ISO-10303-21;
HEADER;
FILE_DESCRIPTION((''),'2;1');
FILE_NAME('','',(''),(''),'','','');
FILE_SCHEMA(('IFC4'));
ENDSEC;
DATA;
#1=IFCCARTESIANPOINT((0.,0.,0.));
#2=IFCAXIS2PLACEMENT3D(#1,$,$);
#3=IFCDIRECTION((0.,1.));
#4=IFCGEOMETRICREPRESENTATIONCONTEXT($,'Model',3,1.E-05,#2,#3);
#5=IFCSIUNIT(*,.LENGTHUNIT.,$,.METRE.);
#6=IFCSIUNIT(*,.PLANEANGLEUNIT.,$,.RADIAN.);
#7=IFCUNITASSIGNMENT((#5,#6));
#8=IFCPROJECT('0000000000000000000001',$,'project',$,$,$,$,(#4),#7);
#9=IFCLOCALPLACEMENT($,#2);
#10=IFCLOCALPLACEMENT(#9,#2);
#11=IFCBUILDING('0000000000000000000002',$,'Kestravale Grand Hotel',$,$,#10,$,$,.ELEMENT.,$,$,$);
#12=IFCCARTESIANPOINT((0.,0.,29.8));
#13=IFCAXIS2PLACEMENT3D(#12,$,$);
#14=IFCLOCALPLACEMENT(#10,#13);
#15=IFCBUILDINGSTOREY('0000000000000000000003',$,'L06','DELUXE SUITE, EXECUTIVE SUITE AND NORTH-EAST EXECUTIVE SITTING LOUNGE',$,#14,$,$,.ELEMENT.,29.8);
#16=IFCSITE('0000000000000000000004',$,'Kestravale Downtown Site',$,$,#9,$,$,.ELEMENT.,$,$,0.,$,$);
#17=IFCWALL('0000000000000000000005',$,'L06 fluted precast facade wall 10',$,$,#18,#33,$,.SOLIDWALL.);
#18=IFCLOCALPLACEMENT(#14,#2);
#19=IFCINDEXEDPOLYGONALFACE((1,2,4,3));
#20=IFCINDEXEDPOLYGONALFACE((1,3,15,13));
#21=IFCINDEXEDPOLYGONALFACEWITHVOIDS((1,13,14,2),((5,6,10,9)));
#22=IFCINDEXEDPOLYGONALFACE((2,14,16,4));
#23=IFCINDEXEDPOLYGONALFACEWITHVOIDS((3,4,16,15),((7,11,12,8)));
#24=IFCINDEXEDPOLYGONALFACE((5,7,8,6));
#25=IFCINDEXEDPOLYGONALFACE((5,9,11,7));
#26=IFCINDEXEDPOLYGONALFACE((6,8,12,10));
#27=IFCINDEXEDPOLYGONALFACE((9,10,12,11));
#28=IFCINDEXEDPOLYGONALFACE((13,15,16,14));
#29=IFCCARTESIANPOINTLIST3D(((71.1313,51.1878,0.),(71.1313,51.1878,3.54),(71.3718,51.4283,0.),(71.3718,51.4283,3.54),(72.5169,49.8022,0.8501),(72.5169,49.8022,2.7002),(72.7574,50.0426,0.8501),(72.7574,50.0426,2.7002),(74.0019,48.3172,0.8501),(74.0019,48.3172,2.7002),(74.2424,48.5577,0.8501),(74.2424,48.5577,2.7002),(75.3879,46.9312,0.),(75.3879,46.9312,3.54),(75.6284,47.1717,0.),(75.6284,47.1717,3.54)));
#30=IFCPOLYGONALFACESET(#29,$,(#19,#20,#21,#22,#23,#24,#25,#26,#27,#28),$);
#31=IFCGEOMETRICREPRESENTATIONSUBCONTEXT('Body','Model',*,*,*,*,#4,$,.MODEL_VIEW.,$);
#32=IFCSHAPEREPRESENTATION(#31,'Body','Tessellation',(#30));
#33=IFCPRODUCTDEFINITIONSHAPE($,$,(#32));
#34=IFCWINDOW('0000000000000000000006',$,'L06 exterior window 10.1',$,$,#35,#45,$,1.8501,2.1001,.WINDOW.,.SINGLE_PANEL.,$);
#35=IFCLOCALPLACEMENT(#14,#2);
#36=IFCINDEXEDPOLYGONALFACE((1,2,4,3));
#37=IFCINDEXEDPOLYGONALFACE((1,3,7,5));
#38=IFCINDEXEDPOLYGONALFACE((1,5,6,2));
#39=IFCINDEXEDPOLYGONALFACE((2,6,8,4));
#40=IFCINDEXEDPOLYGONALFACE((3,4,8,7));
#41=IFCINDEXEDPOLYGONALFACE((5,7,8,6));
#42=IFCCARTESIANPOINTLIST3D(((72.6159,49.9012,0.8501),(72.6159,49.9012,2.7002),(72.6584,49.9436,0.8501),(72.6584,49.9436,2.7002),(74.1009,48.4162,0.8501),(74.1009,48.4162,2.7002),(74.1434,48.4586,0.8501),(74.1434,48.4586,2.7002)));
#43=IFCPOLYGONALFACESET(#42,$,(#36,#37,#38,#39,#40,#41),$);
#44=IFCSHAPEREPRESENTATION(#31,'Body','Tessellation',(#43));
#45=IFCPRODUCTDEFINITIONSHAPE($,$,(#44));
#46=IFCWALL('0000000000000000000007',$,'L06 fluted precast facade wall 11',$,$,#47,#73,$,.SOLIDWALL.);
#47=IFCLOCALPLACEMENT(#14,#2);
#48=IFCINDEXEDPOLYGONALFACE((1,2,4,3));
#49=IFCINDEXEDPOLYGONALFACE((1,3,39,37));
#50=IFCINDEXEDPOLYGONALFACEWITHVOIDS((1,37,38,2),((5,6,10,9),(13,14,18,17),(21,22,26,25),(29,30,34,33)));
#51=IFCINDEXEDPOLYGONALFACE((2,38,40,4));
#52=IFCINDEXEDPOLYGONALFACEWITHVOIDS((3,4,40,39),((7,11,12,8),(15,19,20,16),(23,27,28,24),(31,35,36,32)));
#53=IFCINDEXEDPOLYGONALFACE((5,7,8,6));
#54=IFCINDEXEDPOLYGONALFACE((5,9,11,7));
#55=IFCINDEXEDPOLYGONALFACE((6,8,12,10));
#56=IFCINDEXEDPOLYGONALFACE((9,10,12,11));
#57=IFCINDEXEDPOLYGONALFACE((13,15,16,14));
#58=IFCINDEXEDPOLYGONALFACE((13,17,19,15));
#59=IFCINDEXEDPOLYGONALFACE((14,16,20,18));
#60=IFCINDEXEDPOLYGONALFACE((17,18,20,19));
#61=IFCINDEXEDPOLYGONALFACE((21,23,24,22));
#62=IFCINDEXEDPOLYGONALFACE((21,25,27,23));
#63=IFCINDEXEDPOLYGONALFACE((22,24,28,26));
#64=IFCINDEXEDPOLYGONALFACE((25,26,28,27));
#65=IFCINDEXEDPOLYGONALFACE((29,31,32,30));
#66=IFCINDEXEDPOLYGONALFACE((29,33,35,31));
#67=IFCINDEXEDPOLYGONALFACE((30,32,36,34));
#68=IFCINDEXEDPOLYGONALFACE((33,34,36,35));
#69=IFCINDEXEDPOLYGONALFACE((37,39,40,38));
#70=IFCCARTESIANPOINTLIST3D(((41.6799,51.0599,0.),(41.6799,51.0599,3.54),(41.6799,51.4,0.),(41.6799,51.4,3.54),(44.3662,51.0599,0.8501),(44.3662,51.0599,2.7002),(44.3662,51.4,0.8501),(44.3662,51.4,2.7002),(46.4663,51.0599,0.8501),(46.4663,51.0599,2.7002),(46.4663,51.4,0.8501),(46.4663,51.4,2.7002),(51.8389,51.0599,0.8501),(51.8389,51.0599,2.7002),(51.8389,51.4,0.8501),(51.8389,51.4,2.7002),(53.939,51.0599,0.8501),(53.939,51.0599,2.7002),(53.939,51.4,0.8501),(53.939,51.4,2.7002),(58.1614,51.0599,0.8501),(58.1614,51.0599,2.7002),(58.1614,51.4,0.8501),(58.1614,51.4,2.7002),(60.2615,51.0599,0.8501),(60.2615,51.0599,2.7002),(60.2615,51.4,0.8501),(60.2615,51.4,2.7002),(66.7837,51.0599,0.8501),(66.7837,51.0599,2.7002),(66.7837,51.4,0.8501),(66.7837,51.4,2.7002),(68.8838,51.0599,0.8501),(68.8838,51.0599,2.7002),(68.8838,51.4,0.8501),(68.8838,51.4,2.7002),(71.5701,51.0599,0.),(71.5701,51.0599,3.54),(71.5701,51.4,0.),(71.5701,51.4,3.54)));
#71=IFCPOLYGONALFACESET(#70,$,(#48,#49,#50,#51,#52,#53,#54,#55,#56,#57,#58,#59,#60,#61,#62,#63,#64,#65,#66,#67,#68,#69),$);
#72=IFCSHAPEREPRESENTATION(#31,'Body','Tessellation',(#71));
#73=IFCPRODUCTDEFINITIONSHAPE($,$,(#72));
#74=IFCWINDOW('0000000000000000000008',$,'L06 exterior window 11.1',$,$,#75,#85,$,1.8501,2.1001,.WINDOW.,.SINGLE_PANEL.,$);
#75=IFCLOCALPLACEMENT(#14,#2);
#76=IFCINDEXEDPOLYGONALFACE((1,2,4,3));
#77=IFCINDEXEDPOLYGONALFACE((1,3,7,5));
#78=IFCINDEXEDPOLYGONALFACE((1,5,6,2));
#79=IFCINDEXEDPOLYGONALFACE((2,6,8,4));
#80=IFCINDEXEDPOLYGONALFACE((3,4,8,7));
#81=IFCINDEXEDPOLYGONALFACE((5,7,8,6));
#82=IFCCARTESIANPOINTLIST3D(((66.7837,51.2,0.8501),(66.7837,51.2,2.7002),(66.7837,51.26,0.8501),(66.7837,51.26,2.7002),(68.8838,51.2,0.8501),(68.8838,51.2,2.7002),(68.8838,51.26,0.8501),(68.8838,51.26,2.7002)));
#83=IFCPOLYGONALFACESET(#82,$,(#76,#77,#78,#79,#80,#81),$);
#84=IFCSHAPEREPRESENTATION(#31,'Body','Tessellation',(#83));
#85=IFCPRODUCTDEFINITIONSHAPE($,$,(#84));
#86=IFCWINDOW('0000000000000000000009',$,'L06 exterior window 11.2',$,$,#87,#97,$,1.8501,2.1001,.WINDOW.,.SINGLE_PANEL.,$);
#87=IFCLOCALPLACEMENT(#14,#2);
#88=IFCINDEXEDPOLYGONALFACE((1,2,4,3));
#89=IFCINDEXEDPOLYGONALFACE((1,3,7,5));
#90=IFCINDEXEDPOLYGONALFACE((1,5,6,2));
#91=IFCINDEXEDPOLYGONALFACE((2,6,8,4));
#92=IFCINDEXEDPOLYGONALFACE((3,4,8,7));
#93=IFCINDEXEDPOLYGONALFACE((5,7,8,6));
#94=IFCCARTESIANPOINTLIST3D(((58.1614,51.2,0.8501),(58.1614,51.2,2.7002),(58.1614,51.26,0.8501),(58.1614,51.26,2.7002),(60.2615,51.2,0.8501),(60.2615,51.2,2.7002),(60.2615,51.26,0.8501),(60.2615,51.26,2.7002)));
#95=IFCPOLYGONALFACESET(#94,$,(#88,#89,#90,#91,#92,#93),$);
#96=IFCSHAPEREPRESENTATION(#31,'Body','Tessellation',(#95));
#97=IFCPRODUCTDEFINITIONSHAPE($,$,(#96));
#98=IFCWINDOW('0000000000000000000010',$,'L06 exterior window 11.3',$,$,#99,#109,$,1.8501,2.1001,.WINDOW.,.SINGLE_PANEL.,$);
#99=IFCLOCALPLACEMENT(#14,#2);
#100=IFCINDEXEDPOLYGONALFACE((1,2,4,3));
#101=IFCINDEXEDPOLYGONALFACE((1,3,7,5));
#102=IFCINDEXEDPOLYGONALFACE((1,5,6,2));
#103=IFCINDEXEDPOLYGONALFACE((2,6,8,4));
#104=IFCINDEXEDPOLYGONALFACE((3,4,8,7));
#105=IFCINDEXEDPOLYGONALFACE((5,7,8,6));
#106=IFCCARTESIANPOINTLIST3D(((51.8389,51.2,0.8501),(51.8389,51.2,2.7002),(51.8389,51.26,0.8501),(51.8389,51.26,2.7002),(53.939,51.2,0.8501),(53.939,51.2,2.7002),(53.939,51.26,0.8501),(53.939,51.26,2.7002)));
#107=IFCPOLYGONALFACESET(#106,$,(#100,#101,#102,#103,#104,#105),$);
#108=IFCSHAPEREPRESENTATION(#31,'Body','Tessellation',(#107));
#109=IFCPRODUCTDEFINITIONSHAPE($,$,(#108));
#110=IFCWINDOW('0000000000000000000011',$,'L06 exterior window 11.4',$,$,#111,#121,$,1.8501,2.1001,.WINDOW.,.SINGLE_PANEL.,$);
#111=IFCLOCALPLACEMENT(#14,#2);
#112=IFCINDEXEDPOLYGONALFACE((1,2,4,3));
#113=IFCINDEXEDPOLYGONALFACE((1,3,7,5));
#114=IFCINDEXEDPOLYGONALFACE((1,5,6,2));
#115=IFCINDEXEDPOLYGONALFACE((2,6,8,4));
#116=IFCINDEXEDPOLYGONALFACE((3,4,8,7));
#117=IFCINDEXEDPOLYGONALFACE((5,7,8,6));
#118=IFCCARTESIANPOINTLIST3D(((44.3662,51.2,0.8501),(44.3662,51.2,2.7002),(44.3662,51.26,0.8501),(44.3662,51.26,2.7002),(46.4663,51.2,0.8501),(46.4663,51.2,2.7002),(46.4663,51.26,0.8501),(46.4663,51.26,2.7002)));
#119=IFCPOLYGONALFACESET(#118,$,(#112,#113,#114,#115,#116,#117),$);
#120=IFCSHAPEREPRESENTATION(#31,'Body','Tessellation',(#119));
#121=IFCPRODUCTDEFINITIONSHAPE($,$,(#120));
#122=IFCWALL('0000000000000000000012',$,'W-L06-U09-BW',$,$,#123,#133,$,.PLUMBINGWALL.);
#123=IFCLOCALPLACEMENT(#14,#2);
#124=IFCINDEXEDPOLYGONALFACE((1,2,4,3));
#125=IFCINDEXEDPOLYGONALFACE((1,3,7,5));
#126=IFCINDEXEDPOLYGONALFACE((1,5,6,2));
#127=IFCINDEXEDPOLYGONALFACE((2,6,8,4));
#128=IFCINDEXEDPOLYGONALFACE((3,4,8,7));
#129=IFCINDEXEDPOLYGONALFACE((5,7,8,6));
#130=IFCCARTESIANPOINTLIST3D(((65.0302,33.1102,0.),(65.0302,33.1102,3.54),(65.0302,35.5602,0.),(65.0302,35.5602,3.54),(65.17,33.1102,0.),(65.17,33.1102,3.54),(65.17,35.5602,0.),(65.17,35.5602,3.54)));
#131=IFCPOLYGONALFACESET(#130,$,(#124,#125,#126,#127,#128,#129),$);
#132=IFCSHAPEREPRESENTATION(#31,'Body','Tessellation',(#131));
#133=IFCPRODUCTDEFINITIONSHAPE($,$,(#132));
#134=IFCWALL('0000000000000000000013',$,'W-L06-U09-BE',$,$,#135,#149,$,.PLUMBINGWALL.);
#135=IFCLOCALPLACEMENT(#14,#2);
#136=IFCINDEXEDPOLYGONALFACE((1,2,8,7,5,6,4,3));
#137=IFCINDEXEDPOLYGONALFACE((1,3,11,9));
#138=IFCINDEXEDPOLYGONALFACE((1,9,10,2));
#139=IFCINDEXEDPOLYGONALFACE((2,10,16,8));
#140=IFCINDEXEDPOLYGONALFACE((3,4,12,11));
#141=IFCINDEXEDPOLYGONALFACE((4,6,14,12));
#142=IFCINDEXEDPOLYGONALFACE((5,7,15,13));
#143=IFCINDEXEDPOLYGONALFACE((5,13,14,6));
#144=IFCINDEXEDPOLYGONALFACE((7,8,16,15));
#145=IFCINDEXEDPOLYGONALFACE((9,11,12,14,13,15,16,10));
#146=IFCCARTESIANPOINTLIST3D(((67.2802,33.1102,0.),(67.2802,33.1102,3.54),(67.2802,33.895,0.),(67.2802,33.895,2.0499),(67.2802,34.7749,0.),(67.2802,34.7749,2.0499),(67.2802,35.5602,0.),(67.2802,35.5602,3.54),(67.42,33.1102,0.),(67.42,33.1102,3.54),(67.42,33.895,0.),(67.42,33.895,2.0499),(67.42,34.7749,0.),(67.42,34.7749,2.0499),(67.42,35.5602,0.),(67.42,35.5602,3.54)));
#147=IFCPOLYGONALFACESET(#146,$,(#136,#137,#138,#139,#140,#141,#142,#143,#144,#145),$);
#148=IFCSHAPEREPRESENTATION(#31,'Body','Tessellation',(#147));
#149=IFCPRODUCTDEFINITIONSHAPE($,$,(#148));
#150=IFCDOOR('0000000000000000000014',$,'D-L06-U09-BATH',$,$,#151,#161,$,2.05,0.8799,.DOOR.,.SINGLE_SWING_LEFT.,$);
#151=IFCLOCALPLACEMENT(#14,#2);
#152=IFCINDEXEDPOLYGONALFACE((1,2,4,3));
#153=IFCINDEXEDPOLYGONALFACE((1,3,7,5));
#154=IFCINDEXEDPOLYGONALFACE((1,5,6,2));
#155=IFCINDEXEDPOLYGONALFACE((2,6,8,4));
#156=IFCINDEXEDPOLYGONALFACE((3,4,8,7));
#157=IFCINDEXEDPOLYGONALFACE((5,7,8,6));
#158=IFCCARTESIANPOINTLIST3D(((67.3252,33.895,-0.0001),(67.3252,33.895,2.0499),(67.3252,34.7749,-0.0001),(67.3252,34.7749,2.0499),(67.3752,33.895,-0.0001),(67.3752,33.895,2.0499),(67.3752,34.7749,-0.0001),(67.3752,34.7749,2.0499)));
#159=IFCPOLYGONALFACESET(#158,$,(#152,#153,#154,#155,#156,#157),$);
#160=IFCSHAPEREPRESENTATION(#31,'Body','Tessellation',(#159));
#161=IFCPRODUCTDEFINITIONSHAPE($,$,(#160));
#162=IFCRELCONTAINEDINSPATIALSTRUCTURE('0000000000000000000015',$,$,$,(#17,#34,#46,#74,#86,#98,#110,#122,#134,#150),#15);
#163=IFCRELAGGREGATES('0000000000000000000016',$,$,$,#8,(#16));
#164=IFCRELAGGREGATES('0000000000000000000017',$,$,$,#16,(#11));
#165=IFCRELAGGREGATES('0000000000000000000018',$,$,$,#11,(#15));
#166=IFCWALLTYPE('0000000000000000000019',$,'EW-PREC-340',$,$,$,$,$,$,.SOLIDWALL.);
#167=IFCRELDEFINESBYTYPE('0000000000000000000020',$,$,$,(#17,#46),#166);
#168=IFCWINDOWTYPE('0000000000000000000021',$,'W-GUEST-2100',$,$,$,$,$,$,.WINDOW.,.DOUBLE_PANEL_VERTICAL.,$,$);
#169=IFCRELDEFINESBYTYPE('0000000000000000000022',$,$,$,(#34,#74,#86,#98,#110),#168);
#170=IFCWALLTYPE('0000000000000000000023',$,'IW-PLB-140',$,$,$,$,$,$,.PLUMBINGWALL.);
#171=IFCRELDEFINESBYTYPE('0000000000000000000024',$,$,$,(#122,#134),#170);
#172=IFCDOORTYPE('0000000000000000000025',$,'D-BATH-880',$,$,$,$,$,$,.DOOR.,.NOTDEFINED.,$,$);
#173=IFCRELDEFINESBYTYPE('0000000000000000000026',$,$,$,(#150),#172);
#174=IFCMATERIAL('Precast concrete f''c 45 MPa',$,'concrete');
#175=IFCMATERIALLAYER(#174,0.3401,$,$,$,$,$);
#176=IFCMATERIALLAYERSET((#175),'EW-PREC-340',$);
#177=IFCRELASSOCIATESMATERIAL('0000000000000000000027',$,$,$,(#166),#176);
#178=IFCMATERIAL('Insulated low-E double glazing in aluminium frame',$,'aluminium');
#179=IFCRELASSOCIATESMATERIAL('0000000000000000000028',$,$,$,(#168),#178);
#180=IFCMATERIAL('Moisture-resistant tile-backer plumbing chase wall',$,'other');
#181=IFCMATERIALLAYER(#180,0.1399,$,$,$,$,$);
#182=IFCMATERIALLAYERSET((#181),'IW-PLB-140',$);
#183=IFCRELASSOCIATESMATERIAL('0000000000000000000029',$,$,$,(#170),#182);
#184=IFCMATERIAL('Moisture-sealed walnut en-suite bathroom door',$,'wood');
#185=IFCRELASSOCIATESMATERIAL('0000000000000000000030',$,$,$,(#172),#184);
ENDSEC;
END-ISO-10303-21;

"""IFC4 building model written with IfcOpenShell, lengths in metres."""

from ifc_helpers import new_model, si_unit, direction, frame, frame_2d, origin, place, context, subcontext, project, spatial, rectangle, extrude, material, layer, layer_set, type_object, element, fill, save


model = new_model("IFC4")

# Units and contexts
model_context = context("Model", 3, precision=1e-05, world=origin(), true_north=direction((0.0, 1.0)))
body_context = subcontext(model_context, "Body", "Model", "MODEL_VIEW")
ifc_project = project(units=[si_unit("LENGTHUNIT", "METRE"), si_unit("PLANEANGLEUNIT", "RADIAN")], contexts=[model_context])

# Site, building, storey
site_placement = place(None, origin())
site = spatial("IfcSite", under=ifc_project, at=site_placement, Name="Kestravale Downtown Site", CompositionType="ELEMENT", RefElevation=0.0)
building_placement = place(site_placement, origin())
building = spatial("IfcBuilding", under=site, at=building_placement, Name="Kestravale Grand Hotel", CompositionType="ELEMENT")
storey_placement = place(building_placement, frame((0.0, 0.0, 29.8)))
storey = spatial("IfcBuildingStorey", under=building, at=storey_placement, Name="L06", Description="DELUXE SUITE, EXECUTIVE SUITE AND NORTH-EAST EXECUTIVE SITTING LOUNGE", CompositionType="ELEMENT", Elevation=29.8)

# Wall, opening, window
ifc_material_1 = material(Name="Precast concrete f'c 45 MPa", Category="concrete")
ifc_layer_1 = layer(ifc_material_1, 0.3401)
ifc_layer_set_1 = layer_set([ifc_layer_1], Name="EW-PREC-340")
wall_type_1 = type_object("IfcWallType", Name="EW-PREC-340", PredefinedType="SOLIDWALL", material=ifc_layer_set_1)
wall_1_placement = place(storey_placement, frame((75.5081, 47.0515, 0.0), z_axis=(0.0, 0.0, 1.0), x_axis=(-0.707107, 0.707107, 0.0)))
wall_1 = element("IfcWall", 1, at=wall_1_placement, inside=storey, type_object=wall_type_1, Name="L06 fluted precast facade wall 10", PredefinedType="SOLIDWALL", context=body_context, shape_type="SweptSolid", body=[
    extrude(rectangle(XDim=6.0198, YDim=0.3401, at=frame_2d((3.0098, 0.0))), origin(), (0.0, 0.0, 1.0), 3.54),
])
opening_1_placement = place(wall_1_placement, frame((1.96, 0.0, 0.8501)))
opening_1 = element("IfcOpeningElement", 2, at=opening_1_placement, cuts=wall_1, PredefinedType="OPENING", context=body_context, shape_type="SweptSolid", body=[
    extrude(rectangle(XDim=2.1001, YDim=1.8501, at=frame_2d((1.05, 0.925))), frame((0.0, 0.1799, 0.0), z_axis=(0.0, -1.0, 0.0), x_axis=(1.0, 0.0, 0.0)), (0.0, 0.0, 1.0), 0.3601),
])
ifc_material_2 = material(Name="Insulated low-E double glazing in aluminium frame", Category="aluminium")
window_type = type_object("IfcWindowType", Name="W-GUEST-2100", PartitioningType="DOUBLE_PANEL_VERTICAL", PredefinedType="WINDOW", material=ifc_material_2)
window_1_placement = place(opening_1_placement, origin())
window_1 = element("IfcWindow", 3, at=window_1_placement, inside=storey, type_object=window_type, Name="L06 exterior window 10.1", OverallHeight=1.8501, OverallWidth=2.1001, PartitioningType="SINGLE_PANEL", PredefinedType="WINDOW", context=body_context, shape_type="SweptSolid", body=[
    extrude(rectangle(XDim=2.1001, YDim=1.8501, at=frame_2d((1.05, 0.925))), frame((0.0, 0.03, 0.0), z_axis=(0.0, -1.0, 0.0), x_axis=(1.0, 0.0, 0.0)), (0.0, 0.0, 1.0), 0.0601),
])
fill(opening_1, window_1)

# Wall, openings, windows
wall_2_placement = place(storey_placement, frame((71.5701, 51.23, 0.0), z_axis=(0.0, 0.0, 1.0), x_axis=(-1.0, 0.0, 0.0)))
wall_2 = element("IfcWall", 4, at=wall_2_placement, inside=storey, type_object=wall_type_1, Name="L06 fluted precast facade wall 11", PredefinedType="SOLIDWALL", context=body_context, shape_type="SweptSolid", body=[
    extrude(rectangle(XDim=29.8901, YDim=0.3401, at=frame_2d((14.9451, 0.0))), origin(), (0.0, 0.0, 1.0), 3.54),
])
opening_2_placement = place(wall_2_placement, frame((2.6863, 0.0, 0.8501)))
opening_2 = element("IfcOpeningElement", 5, at=opening_2_placement, cuts=wall_2, PredefinedType="OPENING", context=body_context, shape_type="SweptSolid", body=[
    extrude(rectangle(XDim=2.1001, YDim=1.8501, at=frame_2d((1.05, 0.925))), frame((0.0, 0.1799, 0.0), z_axis=(0.0, -1.0, 0.0), x_axis=(1.0, 0.0, 0.0)), (0.0, 0.0, 1.0), 0.3601),
])
opening_3_placement = place(wall_2_placement, frame((11.3086, 0.0, 0.8501)))
opening_3 = element("IfcOpeningElement", 6, at=opening_3_placement, cuts=wall_2, PredefinedType="OPENING", context=body_context, shape_type="SweptSolid", body=[
    extrude(rectangle(XDim=2.1001, YDim=1.8501, at=frame_2d((1.05, 0.925))), frame((0.0, 0.1799, 0.0), z_axis=(0.0, -1.0, 0.0), x_axis=(1.0, 0.0, 0.0)), (0.0, 0.0, 1.0), 0.3601),
])
opening_4_placement = place(wall_2_placement, frame((17.6311, 0.0, 0.8501)))
opening_4 = element("IfcOpeningElement", 7, at=opening_4_placement, cuts=wall_2, PredefinedType="OPENING", context=body_context, shape_type="SweptSolid", body=[
    extrude(rectangle(XDim=2.1001, YDim=1.8501, at=frame_2d((1.05, 0.925))), frame((0.0, 0.1799, 0.0), z_axis=(0.0, -1.0, 0.0), x_axis=(1.0, 0.0, 0.0)), (0.0, 0.0, 1.0), 0.3601),
])
opening_5_placement = place(wall_2_placement, frame((25.1038, 0.0, 0.8501)))
opening_5 = element("IfcOpeningElement", 8, at=opening_5_placement, cuts=wall_2, PredefinedType="OPENING", context=body_context, shape_type="SweptSolid", body=[
    extrude(rectangle(XDim=2.1001, YDim=1.8501, at=frame_2d((1.05, 0.925))), frame((0.0, 0.1799, 0.0), z_axis=(0.0, -1.0, 0.0), x_axis=(1.0, 0.0, 0.0)), (0.0, 0.0, 1.0), 0.3601),
])
window_2_placement = place(opening_2_placement, origin())
window_2 = element("IfcWindow", 9, at=window_2_placement, inside=storey, type_object=window_type, Name="L06 exterior window 11.1", OverallHeight=1.8501, OverallWidth=2.1001, PartitioningType="SINGLE_PANEL", PredefinedType="WINDOW", context=body_context, shape_type="SweptSolid", body=[
    extrude(rectangle(XDim=2.1001, YDim=1.8501, at=frame_2d((1.05, 0.925))), frame((0.0, 0.03, 0.0), z_axis=(0.0, -1.0, 0.0), x_axis=(1.0, 0.0, 0.0)), (0.0, 0.0, 1.0), 0.0601),
])
fill(opening_2, window_2)
window_3_placement = place(opening_3_placement, origin())
window_3 = element("IfcWindow", 10, at=window_3_placement, inside=storey, type_object=window_type, Name="L06 exterior window 11.2", OverallHeight=1.8501, OverallWidth=2.1001, PartitioningType="SINGLE_PANEL", PredefinedType="WINDOW", context=body_context, shape_type="SweptSolid", body=[
    extrude(rectangle(XDim=2.1001, YDim=1.8501, at=frame_2d((1.05, 0.925))), frame((0.0, 0.03, 0.0), z_axis=(0.0, -1.0, 0.0), x_axis=(1.0, 0.0, 0.0)), (0.0, 0.0, 1.0), 0.0601),
])
fill(opening_3, window_3)
window_4_placement = place(opening_4_placement, origin())
window_4 = element("IfcWindow", 11, at=window_4_placement, inside=storey, type_object=window_type, Name="L06 exterior window 11.3", OverallHeight=1.8501, OverallWidth=2.1001, PartitioningType="SINGLE_PANEL", PredefinedType="WINDOW", context=body_context, shape_type="SweptSolid", body=[
    extrude(rectangle(XDim=2.1001, YDim=1.8501, at=frame_2d((1.05, 0.925))), frame((0.0, 0.03, 0.0), z_axis=(0.0, -1.0, 0.0), x_axis=(1.0, 0.0, 0.0)), (0.0, 0.0, 1.0), 0.0601),
])
fill(opening_4, window_4)
window_5_placement = place(opening_5_placement, origin())
window_5 = element("IfcWindow", 12, at=window_5_placement, inside=storey, type_object=window_type, Name="L06 exterior window 11.4", OverallHeight=1.8501, OverallWidth=2.1001, PartitioningType="SINGLE_PANEL", PredefinedType="WINDOW", context=body_context, shape_type="SweptSolid", body=[
    extrude(rectangle(XDim=2.1001, YDim=1.8501, at=frame_2d((1.05, 0.925))), frame((0.0, 0.03, 0.0), z_axis=(0.0, -1.0, 0.0), x_axis=(1.0, 0.0, 0.0)), (0.0, 0.0, 1.0), 0.0601),
])
fill(opening_5, window_5)

# Wall
ifc_material_3 = material(Name="Moisture-resistant tile-backer plumbing chase wall", Category="other")
ifc_layer_2 = layer(ifc_material_3, 0.1399)
ifc_layer_set_2 = layer_set([ifc_layer_2], Name="IW-PLB-140")
wall_type_2 = type_object("IfcWallType", Name="IW-PLB-140", PredefinedType="PLUMBINGWALL", material=ifc_layer_set_2)
wall_3_placement = place(storey_placement, frame((65.1001, 33.1101, 0.0), z_axis=(0.0, 0.0, 1.0), x_axis=(0.0, 1.0, 0.0)))
element("IfcWall", 13, at=wall_3_placement, inside=storey, type_object=wall_type_2, Name="W-L06-U09-BW", PredefinedType="PLUMBINGWALL", context=body_context, shape_type="SweptSolid", body=[
    extrude(rectangle(XDim=2.45, YDim=0.1399, at=frame_2d((1.2251, 0.0))), origin(), (0.0, 0.0, 1.0), 3.54),
])

# Wall, opening, door
wall_4_placement = place(storey_placement, frame((67.3501, 33.1101, 0.0), z_axis=(0.0, 0.0, 1.0), x_axis=(0.0, 1.0, 0.0)))
wall_4 = element("IfcWall", 14, at=wall_4_placement, inside=storey, type_object=wall_type_2, Name="W-L06-U09-BE", PredefinedType="PLUMBINGWALL", context=body_context, shape_type="SweptSolid", body=[
    extrude(rectangle(XDim=2.45, YDim=0.1399, at=frame_2d((1.2251, 0.0))), origin(), (0.0, 0.0, 1.0), 3.54),
])
opening_6_placement = place(wall_4_placement, frame((0.7849, 0.0, 0.0)))
opening_6 = element("IfcOpeningElement", 15, at=opening_6_placement, cuts=wall_4, PredefinedType="OPENING", context=body_context, shape_type="SweptSolid", body=[
    extrude(rectangle(XDim=0.8799, YDim=2.05, at=frame_2d((0.4399, 1.0249))), frame((0.0, 0.0798, 0.0), z_axis=(0.0, -1.0, 0.0), x_axis=(1.0, 0.0, 0.0)), (0.0, 0.0, 1.0), 0.1599),
])
ifc_material_4 = material(Name="Moisture-sealed walnut en-suite bathroom door", Category="wood")
door_type_1 = type_object("IfcDoorType", Name="D-BATH-880", OperationType="NOTDEFINED", PredefinedType="DOOR", material=ifc_material_4)
door_1_placement = place(opening_6_placement, origin())
door_1 = element("IfcDoor", 16, at=door_1_placement, inside=storey, type_object=door_type_1, Name="D-L06-U09-BATH", OperationType="SINGLE_SWING_LEFT", OverallHeight=2.05, OverallWidth=0.8799, PredefinedType="DOOR", context=body_context, shape_type="SweptSolid", body=[
    extrude(rectangle(XDim=0.8799, YDim=2.05, at=frame_2d((0.4399, 1.0249))), frame((0.0, 0.0249, 0.0), z_axis=(0.0, -1.0, 0.0), x_axis=(1.0, 0.0, 0.0)), (0.0, 0.0, 1.0), 0.05),
])
fill(opening_6, door_1)

save(model, "model.ifc")
